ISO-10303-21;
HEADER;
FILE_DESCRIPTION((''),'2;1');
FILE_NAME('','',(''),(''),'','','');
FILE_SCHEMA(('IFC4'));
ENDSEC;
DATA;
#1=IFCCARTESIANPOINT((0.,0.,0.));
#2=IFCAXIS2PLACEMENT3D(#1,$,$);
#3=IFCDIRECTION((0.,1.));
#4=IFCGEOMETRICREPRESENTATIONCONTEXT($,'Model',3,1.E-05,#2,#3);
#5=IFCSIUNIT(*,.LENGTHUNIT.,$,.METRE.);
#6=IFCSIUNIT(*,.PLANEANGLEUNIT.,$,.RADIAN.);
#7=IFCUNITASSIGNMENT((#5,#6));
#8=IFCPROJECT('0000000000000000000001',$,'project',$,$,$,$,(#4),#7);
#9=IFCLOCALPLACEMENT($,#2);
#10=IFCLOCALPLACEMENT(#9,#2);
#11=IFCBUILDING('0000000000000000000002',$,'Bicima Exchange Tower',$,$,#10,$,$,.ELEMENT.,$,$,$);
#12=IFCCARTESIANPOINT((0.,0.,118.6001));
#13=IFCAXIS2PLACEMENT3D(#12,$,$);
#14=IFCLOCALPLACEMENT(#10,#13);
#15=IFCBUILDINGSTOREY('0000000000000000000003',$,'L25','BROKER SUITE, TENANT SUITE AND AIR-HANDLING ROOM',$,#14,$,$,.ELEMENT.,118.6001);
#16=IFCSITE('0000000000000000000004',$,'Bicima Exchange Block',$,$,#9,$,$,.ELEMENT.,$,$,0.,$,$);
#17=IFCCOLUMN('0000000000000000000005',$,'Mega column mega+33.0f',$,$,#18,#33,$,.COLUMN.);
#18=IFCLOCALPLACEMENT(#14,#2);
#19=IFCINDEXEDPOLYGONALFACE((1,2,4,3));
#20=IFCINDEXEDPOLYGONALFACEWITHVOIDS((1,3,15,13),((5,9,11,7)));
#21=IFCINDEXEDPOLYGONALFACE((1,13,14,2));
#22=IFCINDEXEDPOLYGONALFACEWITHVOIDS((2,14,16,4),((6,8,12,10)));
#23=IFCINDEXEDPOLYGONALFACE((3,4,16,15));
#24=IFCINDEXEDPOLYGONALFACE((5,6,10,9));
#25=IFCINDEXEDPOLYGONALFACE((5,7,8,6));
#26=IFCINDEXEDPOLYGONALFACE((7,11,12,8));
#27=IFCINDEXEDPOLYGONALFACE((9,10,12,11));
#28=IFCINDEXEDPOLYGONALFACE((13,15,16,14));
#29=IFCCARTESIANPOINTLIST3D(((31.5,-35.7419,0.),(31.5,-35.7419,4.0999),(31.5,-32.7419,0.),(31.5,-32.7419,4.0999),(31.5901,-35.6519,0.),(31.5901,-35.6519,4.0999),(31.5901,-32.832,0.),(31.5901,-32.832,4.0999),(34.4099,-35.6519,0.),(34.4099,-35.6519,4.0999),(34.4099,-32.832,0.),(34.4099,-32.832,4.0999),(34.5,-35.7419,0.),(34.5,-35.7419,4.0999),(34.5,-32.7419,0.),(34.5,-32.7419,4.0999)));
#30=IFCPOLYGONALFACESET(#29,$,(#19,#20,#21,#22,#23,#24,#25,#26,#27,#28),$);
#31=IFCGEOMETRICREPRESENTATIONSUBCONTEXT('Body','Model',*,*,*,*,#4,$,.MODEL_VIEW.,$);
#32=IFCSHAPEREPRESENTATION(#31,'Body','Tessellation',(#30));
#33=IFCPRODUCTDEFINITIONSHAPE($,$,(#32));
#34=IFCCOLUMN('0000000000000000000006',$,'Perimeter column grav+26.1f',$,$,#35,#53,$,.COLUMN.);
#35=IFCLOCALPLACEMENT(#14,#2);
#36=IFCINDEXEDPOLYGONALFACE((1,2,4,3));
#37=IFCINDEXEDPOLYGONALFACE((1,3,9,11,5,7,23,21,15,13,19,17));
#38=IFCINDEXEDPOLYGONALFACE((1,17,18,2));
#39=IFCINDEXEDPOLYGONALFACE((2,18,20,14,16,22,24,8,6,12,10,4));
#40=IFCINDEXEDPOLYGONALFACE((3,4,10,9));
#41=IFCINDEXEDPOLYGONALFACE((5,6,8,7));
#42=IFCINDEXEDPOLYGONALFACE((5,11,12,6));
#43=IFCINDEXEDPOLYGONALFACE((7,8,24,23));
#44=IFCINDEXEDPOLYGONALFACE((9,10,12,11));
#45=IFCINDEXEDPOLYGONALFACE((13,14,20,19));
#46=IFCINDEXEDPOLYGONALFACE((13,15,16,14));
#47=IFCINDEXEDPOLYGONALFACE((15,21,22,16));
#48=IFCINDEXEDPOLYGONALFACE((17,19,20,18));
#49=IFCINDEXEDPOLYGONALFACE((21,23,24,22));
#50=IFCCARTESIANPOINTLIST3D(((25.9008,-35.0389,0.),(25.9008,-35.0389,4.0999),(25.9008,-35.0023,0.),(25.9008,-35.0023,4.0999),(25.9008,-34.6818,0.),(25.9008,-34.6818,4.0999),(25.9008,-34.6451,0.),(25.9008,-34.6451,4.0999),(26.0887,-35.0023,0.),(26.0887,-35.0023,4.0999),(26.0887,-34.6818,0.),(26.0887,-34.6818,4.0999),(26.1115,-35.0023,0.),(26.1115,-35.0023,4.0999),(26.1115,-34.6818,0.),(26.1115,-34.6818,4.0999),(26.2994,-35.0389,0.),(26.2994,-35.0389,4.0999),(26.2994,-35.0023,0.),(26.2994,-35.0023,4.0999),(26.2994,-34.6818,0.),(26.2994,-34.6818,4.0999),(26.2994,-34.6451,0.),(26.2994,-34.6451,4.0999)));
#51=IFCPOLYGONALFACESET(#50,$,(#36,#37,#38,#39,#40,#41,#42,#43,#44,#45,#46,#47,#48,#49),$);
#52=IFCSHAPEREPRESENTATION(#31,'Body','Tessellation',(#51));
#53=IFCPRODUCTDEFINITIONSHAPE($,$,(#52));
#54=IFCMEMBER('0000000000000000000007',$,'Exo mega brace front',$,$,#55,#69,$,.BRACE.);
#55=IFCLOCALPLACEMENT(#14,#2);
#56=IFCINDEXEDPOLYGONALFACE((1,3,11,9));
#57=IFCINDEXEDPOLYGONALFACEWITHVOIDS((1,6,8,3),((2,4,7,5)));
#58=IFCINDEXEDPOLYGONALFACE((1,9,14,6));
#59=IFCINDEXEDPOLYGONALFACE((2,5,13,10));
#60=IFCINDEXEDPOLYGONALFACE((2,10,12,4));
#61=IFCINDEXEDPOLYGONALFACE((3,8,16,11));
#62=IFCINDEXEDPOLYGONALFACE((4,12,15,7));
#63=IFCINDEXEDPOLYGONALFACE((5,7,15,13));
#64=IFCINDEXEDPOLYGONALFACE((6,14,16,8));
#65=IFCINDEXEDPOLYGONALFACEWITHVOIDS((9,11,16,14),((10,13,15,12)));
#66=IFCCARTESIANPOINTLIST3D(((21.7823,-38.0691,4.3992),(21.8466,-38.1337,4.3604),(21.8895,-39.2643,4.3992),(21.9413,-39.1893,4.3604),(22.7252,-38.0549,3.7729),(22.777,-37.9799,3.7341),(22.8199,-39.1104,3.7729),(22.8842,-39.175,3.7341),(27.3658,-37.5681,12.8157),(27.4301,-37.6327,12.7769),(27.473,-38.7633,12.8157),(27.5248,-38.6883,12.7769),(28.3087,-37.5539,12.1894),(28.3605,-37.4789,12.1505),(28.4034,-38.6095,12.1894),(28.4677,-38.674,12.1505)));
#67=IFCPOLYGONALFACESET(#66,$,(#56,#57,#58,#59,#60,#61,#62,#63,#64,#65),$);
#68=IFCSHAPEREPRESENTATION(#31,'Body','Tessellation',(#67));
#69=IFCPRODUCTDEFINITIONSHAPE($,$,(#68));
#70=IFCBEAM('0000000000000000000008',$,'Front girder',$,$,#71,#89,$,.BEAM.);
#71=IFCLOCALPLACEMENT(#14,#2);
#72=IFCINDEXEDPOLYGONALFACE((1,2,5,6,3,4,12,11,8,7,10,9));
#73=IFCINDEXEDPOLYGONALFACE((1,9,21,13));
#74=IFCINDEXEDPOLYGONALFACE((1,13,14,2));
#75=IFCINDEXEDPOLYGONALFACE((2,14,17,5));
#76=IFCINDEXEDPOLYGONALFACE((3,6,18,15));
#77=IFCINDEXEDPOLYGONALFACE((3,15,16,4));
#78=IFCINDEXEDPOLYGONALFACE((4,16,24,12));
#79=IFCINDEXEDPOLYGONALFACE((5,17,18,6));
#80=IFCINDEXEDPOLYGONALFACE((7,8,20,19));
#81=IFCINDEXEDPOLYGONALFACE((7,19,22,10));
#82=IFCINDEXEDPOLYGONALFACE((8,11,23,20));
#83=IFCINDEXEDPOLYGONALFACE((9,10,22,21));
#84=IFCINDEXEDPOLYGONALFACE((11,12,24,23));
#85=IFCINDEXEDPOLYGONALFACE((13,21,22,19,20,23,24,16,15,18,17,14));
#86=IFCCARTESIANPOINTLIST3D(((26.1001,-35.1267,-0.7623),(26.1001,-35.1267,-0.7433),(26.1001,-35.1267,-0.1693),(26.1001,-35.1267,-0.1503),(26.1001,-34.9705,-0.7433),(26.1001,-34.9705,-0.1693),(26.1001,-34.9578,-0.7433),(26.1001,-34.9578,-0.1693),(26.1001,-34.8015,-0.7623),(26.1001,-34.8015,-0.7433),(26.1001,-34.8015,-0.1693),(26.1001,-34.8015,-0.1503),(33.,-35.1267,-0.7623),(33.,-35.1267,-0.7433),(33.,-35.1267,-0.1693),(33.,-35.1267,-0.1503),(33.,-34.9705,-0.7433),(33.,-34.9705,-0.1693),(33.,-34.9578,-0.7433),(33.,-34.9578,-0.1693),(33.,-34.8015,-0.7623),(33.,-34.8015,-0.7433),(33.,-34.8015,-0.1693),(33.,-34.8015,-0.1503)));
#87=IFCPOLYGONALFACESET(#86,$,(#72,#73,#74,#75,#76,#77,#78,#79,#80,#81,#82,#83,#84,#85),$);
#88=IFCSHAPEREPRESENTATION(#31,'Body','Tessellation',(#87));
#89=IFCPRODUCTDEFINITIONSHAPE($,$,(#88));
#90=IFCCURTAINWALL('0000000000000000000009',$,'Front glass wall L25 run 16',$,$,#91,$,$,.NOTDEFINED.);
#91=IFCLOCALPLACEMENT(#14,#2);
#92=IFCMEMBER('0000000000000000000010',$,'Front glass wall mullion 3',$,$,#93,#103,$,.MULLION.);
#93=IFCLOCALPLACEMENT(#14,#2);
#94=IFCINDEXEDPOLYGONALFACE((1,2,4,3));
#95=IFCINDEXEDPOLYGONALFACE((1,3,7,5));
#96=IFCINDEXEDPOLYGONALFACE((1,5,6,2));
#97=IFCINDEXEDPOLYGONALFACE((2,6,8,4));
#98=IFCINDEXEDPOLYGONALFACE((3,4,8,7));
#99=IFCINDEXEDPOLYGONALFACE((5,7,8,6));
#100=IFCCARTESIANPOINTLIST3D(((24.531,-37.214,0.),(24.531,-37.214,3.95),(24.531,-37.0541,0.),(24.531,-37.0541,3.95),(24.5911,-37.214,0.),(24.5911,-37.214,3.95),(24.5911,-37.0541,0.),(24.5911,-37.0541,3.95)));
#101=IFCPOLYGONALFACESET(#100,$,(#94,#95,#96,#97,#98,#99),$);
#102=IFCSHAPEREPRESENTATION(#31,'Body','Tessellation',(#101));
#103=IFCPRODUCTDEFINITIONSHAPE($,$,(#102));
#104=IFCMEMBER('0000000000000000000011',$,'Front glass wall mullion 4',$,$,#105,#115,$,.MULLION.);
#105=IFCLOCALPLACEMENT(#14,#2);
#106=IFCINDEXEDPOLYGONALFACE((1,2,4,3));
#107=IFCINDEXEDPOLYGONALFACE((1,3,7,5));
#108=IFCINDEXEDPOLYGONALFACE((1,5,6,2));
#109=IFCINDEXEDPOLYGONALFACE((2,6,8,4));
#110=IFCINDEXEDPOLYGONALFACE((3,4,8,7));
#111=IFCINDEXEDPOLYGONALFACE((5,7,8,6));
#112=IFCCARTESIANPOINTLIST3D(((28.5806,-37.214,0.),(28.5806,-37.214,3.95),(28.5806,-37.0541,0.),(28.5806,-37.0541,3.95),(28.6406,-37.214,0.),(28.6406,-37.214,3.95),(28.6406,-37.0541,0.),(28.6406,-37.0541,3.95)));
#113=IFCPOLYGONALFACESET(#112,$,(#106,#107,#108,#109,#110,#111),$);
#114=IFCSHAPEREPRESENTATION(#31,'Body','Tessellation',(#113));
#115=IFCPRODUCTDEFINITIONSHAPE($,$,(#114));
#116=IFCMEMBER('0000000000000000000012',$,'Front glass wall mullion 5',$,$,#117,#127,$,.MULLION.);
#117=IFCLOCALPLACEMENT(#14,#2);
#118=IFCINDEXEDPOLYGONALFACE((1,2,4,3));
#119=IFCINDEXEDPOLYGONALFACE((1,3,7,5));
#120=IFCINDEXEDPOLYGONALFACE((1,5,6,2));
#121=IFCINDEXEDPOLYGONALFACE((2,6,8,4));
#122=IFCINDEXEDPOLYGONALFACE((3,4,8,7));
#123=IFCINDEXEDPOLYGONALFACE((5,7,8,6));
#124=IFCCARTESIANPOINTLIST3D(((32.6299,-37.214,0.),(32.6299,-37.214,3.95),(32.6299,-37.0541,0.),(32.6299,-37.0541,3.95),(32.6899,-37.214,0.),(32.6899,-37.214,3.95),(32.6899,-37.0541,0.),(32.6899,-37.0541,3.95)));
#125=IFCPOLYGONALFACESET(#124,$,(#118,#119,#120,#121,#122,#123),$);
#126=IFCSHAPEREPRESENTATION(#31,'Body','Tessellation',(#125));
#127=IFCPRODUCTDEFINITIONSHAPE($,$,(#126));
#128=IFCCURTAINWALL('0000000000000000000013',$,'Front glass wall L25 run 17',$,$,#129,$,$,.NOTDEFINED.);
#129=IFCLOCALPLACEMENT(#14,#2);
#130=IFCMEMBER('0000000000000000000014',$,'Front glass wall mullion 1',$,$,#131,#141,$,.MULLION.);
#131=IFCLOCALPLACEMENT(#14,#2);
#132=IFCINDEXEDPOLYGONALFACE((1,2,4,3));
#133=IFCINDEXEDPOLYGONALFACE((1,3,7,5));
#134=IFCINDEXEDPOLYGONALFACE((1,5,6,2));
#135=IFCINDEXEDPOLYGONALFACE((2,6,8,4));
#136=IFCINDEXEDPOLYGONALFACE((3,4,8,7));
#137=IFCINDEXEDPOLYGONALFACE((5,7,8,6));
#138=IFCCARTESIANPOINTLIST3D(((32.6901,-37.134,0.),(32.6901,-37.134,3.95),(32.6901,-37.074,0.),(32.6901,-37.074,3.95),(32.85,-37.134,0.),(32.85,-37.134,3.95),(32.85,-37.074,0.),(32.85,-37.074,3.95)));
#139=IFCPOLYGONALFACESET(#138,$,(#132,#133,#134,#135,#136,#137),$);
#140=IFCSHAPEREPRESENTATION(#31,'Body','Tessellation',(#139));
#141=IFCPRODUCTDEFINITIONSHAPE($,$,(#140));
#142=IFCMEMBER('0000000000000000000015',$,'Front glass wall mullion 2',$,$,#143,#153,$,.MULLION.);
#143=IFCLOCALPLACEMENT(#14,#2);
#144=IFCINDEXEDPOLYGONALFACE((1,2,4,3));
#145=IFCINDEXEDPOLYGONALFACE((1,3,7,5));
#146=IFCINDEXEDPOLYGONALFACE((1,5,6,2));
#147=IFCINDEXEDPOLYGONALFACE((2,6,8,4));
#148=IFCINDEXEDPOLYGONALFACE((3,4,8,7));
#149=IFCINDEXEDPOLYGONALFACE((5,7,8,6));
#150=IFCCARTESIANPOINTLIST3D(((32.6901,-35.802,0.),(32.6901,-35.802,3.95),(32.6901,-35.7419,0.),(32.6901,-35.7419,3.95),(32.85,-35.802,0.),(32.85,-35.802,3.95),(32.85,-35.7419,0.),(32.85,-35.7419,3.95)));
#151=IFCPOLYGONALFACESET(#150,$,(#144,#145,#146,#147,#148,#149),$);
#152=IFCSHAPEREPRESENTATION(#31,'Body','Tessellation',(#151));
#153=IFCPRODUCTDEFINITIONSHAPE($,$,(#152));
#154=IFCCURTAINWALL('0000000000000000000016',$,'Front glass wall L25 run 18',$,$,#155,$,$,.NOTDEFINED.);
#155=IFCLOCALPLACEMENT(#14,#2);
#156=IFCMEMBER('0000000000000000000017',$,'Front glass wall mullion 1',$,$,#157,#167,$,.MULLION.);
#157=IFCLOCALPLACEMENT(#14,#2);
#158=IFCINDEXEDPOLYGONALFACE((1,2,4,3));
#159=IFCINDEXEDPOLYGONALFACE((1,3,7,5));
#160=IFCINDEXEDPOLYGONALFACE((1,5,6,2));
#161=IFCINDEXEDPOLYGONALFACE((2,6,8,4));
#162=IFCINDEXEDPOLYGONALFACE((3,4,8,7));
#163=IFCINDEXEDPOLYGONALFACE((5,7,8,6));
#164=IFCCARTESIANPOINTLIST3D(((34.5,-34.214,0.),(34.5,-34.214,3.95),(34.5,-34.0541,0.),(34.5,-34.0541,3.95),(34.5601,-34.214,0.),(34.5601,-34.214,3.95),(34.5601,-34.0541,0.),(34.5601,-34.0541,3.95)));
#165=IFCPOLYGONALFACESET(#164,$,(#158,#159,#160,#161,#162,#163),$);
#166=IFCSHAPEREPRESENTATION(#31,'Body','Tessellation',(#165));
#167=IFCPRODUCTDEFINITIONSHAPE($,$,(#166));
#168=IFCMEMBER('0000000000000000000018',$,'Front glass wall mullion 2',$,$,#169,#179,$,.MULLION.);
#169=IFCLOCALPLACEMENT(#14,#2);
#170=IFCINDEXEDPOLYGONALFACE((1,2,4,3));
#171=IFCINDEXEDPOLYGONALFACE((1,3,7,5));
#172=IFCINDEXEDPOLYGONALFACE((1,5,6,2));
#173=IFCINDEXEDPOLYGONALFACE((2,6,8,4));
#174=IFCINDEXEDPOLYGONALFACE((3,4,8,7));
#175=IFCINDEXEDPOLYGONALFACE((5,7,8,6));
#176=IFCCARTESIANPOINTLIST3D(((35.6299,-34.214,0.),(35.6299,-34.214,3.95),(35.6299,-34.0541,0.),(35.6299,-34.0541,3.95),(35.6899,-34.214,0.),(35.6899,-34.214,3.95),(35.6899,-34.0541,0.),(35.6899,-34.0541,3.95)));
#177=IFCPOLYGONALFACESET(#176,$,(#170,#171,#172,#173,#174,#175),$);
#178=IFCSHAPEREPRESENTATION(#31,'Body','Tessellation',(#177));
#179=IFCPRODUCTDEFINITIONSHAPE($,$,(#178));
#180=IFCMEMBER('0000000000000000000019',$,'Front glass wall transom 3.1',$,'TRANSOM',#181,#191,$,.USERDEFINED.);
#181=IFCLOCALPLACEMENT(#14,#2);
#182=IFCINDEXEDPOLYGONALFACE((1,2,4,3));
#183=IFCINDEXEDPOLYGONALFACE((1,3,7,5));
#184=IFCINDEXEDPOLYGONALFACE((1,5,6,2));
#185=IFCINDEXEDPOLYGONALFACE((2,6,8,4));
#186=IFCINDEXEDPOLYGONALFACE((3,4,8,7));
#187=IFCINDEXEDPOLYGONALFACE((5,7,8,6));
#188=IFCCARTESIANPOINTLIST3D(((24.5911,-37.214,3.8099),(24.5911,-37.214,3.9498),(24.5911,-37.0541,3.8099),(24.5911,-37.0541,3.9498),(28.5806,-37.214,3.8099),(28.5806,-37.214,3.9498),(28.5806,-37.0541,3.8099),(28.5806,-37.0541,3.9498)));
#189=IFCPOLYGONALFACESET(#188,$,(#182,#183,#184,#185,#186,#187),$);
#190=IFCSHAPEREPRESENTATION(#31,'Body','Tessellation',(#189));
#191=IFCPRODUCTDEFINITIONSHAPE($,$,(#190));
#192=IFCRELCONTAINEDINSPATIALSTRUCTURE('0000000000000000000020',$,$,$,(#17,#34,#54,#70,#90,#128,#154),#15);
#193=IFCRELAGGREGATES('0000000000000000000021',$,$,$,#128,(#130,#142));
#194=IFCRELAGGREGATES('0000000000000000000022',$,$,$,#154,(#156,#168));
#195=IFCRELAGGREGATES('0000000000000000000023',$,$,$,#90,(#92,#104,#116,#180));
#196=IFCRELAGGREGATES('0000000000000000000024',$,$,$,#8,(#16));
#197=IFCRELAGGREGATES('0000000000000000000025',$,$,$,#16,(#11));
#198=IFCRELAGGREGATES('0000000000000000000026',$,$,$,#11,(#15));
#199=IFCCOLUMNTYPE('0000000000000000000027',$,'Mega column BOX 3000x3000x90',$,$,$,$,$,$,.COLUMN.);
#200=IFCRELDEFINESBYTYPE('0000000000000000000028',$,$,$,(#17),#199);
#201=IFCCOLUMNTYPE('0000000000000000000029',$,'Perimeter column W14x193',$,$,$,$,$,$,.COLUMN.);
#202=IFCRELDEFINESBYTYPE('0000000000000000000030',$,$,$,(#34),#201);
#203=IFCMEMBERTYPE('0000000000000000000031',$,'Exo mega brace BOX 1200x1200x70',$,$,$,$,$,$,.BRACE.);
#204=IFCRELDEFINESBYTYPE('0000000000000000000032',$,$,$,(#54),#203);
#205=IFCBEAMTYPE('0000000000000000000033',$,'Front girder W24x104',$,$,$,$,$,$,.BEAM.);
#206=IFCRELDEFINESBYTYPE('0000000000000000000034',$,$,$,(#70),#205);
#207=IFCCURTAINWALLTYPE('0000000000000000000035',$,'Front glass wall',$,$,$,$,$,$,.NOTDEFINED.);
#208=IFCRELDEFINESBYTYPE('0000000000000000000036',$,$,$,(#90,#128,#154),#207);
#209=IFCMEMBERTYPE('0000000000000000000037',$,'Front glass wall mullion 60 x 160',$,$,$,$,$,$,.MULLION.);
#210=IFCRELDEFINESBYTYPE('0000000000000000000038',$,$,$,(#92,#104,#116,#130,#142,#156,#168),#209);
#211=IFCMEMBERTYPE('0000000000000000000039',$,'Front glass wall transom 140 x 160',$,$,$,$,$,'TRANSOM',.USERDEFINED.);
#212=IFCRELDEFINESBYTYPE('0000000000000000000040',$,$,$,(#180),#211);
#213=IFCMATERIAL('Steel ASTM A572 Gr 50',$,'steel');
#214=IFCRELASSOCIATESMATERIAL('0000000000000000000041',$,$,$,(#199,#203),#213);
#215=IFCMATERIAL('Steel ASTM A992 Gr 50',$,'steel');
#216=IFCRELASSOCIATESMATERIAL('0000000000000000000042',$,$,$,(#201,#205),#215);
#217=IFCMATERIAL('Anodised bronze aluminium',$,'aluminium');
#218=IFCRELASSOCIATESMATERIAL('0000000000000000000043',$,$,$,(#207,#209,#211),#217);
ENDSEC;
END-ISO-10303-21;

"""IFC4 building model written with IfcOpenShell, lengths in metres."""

from ifc_helpers import new_model, si_unit, direction, frame, origin, origin_2d, place, context, subcontext, project, spatial, rectangle, hollow_rectangle, i_section, extrude, material, material_profile, profile_set, type_object, element, aggregate, save


model = new_model("IFC4")

# Units and contexts
model_context = context("Model", 3, precision=1e-05, world=origin(), true_north=direction((0.0, 1.0)))
body_context = subcontext(model_context, "Body", "Model", "MODEL_VIEW")
ifc_project = project(units=[si_unit("LENGTHUNIT", "METRE"), si_unit("PLANEANGLEUNIT", "RADIAN")], contexts=[model_context])

# Site, building, storey
site_placement = place(None, origin())
site = spatial("IfcSite", under=ifc_project, at=site_placement, Name="Bicima Exchange Block", CompositionType="ELEMENT", RefElevation=0.0)
building_placement = place(site_placement, origin())
building = spatial("IfcBuilding", under=site, at=building_placement, Name="Bicima Exchange Tower", CompositionType="ELEMENT")
storey_placement = place(building_placement, frame((0.0, 0.0, 118.6001)))
storey = spatial("IfcBuildingStorey", under=building, at=storey_placement, Name="L25", Description="BROKER SUITE, TENANT SUITE AND AIR-HANDLING ROOM", CompositionType="ELEMENT", Elevation=118.6001)

# Columns
ifc_material_1 = material(Name="Steel ASTM A572 Gr 50", Category="steel")
ifc_material_profile_1 = material_profile(ifc_material_1, hollow_rectangle(XDim=3.0, YDim=3.0, WallThickness=0.0901, at=origin_2d()))
ifc_profile_set_1 = profile_set([ifc_material_profile_1], Name="Steel ASTM A572 Gr 50")
column_type_1 = type_object("IfcColumnType", Name="Mega column BOX 3000x3000x90", PredefinedType="COLUMN", material=ifc_profile_set_1)
column_1_placement = place(storey_placement, frame((33.0, -34.2419, 0.0), z_axis=(0.0, 0.0, 1.0), x_axis=(1.0, 0.0, 0.0)))
element("IfcColumn", 1, at=column_1_placement, inside=storey, type_object=column_type_1, Name="Mega column mega+33.0f", PredefinedType="COLUMN", context=body_context, shape_type="SweptSolid", body=[
    extrude(hollow_rectangle(XDim=3.0, YDim=3.0, WallThickness=0.0901, at=origin_2d()), origin(), (0.0, 0.0, 1.0), 4.0999),
])
ifc_material_2 = material(Name="Steel ASTM A992 Gr 50", Category="steel")
ifc_material_profile_2 = material_profile(ifc_material_2, i_section(OverallWidth=0.3987, OverallDepth=0.3938, WebThickness=0.0227, FlangeThickness=0.0366, at=origin_2d()))
ifc_profile_set_2 = profile_set([ifc_material_profile_2], Name="Steel ASTM A992 Gr 50")
column_type_2 = type_object("IfcColumnType", Name="Perimeter column W14x193", PredefinedType="COLUMN", material=ifc_profile_set_2)
column_2_placement = place(storey_placement, frame((26.1001, -34.842, 0.0), z_axis=(0.0, 0.0, 1.0), x_axis=(1.0, 0.0, 0.0)))
element("IfcColumn", 2, at=column_2_placement, inside=storey, type_object=column_type_2, Name="Perimeter column grav+26.1f", PredefinedType="COLUMN", context=body_context, shape_type="SweptSolid", body=[
    extrude(i_section(OverallWidth=0.3987, OverallDepth=0.3938, WebThickness=0.0227, FlangeThickness=0.0366, at=origin_2d()), origin(), (0.0, 0.0, 1.0), 4.0999),
])

# Member
ifc_material_profile_3 = material_profile(ifc_material_1, hollow_rectangle(XDim=1.2, YDim=1.2, WallThickness=0.0701, at=origin_2d()))
ifc_profile_set_3 = profile_set([ifc_material_profile_3], Name="Steel ASTM A572 Gr 50")
member_type_1 = type_object("IfcMemberType", Name="Exo mega brace BOX 1200x1200x70", PredefinedType="BRACE", material=ifc_profile_set_3)
member_1_placement = place(storey_placement, frame((22.3333, -38.6221, 4.0667), z_axis=(0.552135, 0.04954, 0.832282), x_axis=(-0.089366, 0.995999, 0.0)))
element("IfcMember", 3, at=member_1_placement, inside=storey, type_object=member_type_1, Name="Exo mega brace front", PredefinedType="BRACE", context=body_context, shape_type="SweptSolid", body=[
    extrude(hollow_rectangle(XDim=1.2, YDim=1.2, WallThickness=0.0701, at=origin_2d()), origin(), (0.0, 0.0, 1.0), 10.1125),
])

# Beam
ifc_material_profile_4 = material_profile(ifc_material_2, i_section(OverallWidth=0.3252, OverallDepth=0.6121, WebThickness=0.0127, FlangeThickness=0.019, at=origin_2d()))
ifc_profile_set_4 = profile_set([ifc_material_profile_4], Name="Steel ASTM A992 Gr 50")
beam_type = type_object("IfcBeamType", Name="Front girder W24x104", PredefinedType="BEAM", material=ifc_profile_set_4)
beam_placement = place(storey_placement, frame((26.1001, -34.9641, -0.4563), z_axis=(1.0, 0.0, 0.0), x_axis=(0.0, 1.0, 0.0)))
element("IfcBeam", 4, at=beam_placement, inside=storey, type_object=beam_type, Name="Front girder", PredefinedType="BEAM", context=body_context, shape_type="SweptSolid", body=[
    extrude(i_section(OverallWidth=0.3252, OverallDepth=0.6121, WebThickness=0.0127, FlangeThickness=0.019, at=origin_2d()), origin(), (0.0, 0.0, 1.0), 6.8999),
])

# Curtain walls, members
ifc_material_3 = material(Name="Anodised bronze aluminium", Category="aluminium")
curtain_wall_type = type_object("IfcCurtainWallType", Name="Front glass wall", PredefinedType="NOTDEFINED", material=ifc_material_3)
curtain_wall_1_placement = place(storey_placement, origin())
curtain_wall_1 = element("IfcCurtainWall", 5, at=curtain_wall_1_placement, inside=storey, type_object=curtain_wall_type, Name="Front glass wall L25 run 16", PredefinedType="NOTDEFINED")
ifc_material_profile_5 = material_profile(ifc_material_3, rectangle(XDim=0.1599, YDim=0.0601, at=origin_2d()))
ifc_profile_set_5 = profile_set([ifc_material_profile_5], Name="Anodised bronze aluminium")
member_type_2 = type_object("IfcMemberType", Name="Front glass wall mullion 60 x 160", PredefinedType="MULLION", material=ifc_profile_set_5)
member_2_placement = place(storey_placement, frame((24.561, -37.134, 0.0), z_axis=(0.0, 0.0, 1.0), x_axis=(0.0, 1.0, 0.0)))
member_2 = element("IfcMember", 6, at=member_2_placement, type_object=member_type_2, Name="Front glass wall mullion 3", PredefinedType="MULLION", context=body_context, shape_type="SweptSolid", body=[
    extrude(rectangle(XDim=0.1599, YDim=0.0601, at=origin_2d()), origin(), (0.0, 0.0, 1.0), 3.95),
])
member_3_placement = place(storey_placement, frame((28.6106, -37.134, 0.0), z_axis=(0.0, 0.0, 1.0), x_axis=(0.0, 1.0, 0.0)))
member_3 = element("IfcMember", 7, at=member_3_placement, type_object=member_type_2, Name="Front glass wall mullion 4", PredefinedType="MULLION", context=body_context, shape_type="SweptSolid", body=[
    extrude(rectangle(XDim=0.1599, YDim=0.0601, at=origin_2d()), origin(), (0.0, 0.0, 1.0), 3.95),
])
member_4_placement = place(storey_placement, frame((32.6599, -37.134, 0.0), z_axis=(0.0, 0.0, 1.0), x_axis=(0.0, 1.0, 0.0)))
member_4 = element("IfcMember", 8, at=member_4_placement, type_object=member_type_2, Name="Front glass wall mullion 5", PredefinedType="MULLION", context=body_context, shape_type="SweptSolid", body=[
    extrude(rectangle(XDim=0.1599, YDim=0.0601, at=origin_2d()), origin(), (0.0, 0.0, 1.0), 3.95),
])
curtain_wall_2_placement = place(storey_placement, origin())
curtain_wall_2 = element("IfcCurtainWall", 9, at=curtain_wall_2_placement, inside=storey, type_object=curtain_wall_type, Name="Front glass wall L25 run 17", PredefinedType="NOTDEFINED")
member_5_placement = place(storey_placement, frame((32.77, -37.104, 0.0), z_axis=(0.0, 0.0, 1.0), x_axis=(-1.0, 0.0, 0.0)))
member_5 = element("IfcMember", 10, at=member_5_placement, type_object=member_type_2, Name="Front glass wall mullion 1", PredefinedType="MULLION", context=body_context, shape_type="SweptSolid", body=[
    extrude(rectangle(XDim=0.1599, YDim=0.0601, at=origin_2d()), origin(), (0.0, 0.0, 1.0), 3.95),
])
member_6_placement = place(storey_placement, frame((32.77, -35.772, 0.0), z_axis=(0.0, 0.0, 1.0), x_axis=(-1.0, 0.0, 0.0)))
member_6 = element("IfcMember", 11, at=member_6_placement, type_object=member_type_2, Name="Front glass wall mullion 2", PredefinedType="MULLION", context=body_context, shape_type="SweptSolid", body=[
    extrude(rectangle(XDim=0.1599, YDim=0.0601, at=origin_2d()), origin(), (0.0, 0.0, 1.0), 3.95),
])
curtain_wall_3_placement = place(storey_placement, origin())
curtain_wall_3 = element("IfcCurtainWall", 12, at=curtain_wall_3_placement, inside=storey, type_object=curtain_wall_type, Name="Front glass wall L25 run 18", PredefinedType="NOTDEFINED")
member_7_placement = place(storey_placement, frame((34.53, -34.134, 0.0), z_axis=(0.0, 0.0, 1.0), x_axis=(0.0, 1.0, 0.0)))
member_7 = element("IfcMember", 13, at=member_7_placement, type_object=member_type_2, Name="Front glass wall mullion 1", PredefinedType="MULLION", context=body_context, shape_type="SweptSolid", body=[
    extrude(rectangle(XDim=0.1599, YDim=0.0601, at=origin_2d()), origin(), (0.0, 0.0, 1.0), 3.95),
])
member_8_placement = place(storey_placement, frame((35.6599, -34.134, 0.0), z_axis=(0.0, 0.0, 1.0), x_axis=(0.0, 1.0, 0.0)))
member_8 = element("IfcMember", 14, at=member_8_placement, type_object=member_type_2, Name="Front glass wall mullion 2", PredefinedType="MULLION", context=body_context, shape_type="SweptSolid", body=[
    extrude(rectangle(XDim=0.1599, YDim=0.0601, at=origin_2d()), origin(), (0.0, 0.0, 1.0), 3.95),
])

# Member
ifc_material_profile_6 = material_profile(ifc_material_3, rectangle(XDim=0.1599, YDim=0.1399, at=origin_2d()))
ifc_profile_set_6 = profile_set([ifc_material_profile_6], Name="Anodised bronze aluminium")
member_type_3 = type_object("IfcMemberType", Name="Front glass wall transom 140 x 160", ElementType="TRANSOM", PredefinedType="USERDEFINED", material=ifc_profile_set_6)
member_9_placement = place(storey_placement, frame((24.5911, -37.134, 3.8799), z_axis=(1.0, 0.0, 0.0), x_axis=(0.0, 1.0, 0.0)))
member_9 = element("IfcMember", 15, at=member_9_placement, type_object=member_type_3, Name="Front glass wall transom 3.1", ObjectType="TRANSOM", PredefinedType="USERDEFINED", context=body_context, shape_type="SweptSolid", body=[
    extrude(rectangle(XDim=0.1599, YDim=0.1399, at=origin_2d()), origin(), (0.0, 0.0, 1.0), 3.9895),
])

aggregate(curtain_wall_2, [member_5, member_6])
aggregate(curtain_wall_3, [member_7, member_8])
aggregate(curtain_wall_1, [member_2, member_3, member_4, member_9])

save(model, "model.ifc")
